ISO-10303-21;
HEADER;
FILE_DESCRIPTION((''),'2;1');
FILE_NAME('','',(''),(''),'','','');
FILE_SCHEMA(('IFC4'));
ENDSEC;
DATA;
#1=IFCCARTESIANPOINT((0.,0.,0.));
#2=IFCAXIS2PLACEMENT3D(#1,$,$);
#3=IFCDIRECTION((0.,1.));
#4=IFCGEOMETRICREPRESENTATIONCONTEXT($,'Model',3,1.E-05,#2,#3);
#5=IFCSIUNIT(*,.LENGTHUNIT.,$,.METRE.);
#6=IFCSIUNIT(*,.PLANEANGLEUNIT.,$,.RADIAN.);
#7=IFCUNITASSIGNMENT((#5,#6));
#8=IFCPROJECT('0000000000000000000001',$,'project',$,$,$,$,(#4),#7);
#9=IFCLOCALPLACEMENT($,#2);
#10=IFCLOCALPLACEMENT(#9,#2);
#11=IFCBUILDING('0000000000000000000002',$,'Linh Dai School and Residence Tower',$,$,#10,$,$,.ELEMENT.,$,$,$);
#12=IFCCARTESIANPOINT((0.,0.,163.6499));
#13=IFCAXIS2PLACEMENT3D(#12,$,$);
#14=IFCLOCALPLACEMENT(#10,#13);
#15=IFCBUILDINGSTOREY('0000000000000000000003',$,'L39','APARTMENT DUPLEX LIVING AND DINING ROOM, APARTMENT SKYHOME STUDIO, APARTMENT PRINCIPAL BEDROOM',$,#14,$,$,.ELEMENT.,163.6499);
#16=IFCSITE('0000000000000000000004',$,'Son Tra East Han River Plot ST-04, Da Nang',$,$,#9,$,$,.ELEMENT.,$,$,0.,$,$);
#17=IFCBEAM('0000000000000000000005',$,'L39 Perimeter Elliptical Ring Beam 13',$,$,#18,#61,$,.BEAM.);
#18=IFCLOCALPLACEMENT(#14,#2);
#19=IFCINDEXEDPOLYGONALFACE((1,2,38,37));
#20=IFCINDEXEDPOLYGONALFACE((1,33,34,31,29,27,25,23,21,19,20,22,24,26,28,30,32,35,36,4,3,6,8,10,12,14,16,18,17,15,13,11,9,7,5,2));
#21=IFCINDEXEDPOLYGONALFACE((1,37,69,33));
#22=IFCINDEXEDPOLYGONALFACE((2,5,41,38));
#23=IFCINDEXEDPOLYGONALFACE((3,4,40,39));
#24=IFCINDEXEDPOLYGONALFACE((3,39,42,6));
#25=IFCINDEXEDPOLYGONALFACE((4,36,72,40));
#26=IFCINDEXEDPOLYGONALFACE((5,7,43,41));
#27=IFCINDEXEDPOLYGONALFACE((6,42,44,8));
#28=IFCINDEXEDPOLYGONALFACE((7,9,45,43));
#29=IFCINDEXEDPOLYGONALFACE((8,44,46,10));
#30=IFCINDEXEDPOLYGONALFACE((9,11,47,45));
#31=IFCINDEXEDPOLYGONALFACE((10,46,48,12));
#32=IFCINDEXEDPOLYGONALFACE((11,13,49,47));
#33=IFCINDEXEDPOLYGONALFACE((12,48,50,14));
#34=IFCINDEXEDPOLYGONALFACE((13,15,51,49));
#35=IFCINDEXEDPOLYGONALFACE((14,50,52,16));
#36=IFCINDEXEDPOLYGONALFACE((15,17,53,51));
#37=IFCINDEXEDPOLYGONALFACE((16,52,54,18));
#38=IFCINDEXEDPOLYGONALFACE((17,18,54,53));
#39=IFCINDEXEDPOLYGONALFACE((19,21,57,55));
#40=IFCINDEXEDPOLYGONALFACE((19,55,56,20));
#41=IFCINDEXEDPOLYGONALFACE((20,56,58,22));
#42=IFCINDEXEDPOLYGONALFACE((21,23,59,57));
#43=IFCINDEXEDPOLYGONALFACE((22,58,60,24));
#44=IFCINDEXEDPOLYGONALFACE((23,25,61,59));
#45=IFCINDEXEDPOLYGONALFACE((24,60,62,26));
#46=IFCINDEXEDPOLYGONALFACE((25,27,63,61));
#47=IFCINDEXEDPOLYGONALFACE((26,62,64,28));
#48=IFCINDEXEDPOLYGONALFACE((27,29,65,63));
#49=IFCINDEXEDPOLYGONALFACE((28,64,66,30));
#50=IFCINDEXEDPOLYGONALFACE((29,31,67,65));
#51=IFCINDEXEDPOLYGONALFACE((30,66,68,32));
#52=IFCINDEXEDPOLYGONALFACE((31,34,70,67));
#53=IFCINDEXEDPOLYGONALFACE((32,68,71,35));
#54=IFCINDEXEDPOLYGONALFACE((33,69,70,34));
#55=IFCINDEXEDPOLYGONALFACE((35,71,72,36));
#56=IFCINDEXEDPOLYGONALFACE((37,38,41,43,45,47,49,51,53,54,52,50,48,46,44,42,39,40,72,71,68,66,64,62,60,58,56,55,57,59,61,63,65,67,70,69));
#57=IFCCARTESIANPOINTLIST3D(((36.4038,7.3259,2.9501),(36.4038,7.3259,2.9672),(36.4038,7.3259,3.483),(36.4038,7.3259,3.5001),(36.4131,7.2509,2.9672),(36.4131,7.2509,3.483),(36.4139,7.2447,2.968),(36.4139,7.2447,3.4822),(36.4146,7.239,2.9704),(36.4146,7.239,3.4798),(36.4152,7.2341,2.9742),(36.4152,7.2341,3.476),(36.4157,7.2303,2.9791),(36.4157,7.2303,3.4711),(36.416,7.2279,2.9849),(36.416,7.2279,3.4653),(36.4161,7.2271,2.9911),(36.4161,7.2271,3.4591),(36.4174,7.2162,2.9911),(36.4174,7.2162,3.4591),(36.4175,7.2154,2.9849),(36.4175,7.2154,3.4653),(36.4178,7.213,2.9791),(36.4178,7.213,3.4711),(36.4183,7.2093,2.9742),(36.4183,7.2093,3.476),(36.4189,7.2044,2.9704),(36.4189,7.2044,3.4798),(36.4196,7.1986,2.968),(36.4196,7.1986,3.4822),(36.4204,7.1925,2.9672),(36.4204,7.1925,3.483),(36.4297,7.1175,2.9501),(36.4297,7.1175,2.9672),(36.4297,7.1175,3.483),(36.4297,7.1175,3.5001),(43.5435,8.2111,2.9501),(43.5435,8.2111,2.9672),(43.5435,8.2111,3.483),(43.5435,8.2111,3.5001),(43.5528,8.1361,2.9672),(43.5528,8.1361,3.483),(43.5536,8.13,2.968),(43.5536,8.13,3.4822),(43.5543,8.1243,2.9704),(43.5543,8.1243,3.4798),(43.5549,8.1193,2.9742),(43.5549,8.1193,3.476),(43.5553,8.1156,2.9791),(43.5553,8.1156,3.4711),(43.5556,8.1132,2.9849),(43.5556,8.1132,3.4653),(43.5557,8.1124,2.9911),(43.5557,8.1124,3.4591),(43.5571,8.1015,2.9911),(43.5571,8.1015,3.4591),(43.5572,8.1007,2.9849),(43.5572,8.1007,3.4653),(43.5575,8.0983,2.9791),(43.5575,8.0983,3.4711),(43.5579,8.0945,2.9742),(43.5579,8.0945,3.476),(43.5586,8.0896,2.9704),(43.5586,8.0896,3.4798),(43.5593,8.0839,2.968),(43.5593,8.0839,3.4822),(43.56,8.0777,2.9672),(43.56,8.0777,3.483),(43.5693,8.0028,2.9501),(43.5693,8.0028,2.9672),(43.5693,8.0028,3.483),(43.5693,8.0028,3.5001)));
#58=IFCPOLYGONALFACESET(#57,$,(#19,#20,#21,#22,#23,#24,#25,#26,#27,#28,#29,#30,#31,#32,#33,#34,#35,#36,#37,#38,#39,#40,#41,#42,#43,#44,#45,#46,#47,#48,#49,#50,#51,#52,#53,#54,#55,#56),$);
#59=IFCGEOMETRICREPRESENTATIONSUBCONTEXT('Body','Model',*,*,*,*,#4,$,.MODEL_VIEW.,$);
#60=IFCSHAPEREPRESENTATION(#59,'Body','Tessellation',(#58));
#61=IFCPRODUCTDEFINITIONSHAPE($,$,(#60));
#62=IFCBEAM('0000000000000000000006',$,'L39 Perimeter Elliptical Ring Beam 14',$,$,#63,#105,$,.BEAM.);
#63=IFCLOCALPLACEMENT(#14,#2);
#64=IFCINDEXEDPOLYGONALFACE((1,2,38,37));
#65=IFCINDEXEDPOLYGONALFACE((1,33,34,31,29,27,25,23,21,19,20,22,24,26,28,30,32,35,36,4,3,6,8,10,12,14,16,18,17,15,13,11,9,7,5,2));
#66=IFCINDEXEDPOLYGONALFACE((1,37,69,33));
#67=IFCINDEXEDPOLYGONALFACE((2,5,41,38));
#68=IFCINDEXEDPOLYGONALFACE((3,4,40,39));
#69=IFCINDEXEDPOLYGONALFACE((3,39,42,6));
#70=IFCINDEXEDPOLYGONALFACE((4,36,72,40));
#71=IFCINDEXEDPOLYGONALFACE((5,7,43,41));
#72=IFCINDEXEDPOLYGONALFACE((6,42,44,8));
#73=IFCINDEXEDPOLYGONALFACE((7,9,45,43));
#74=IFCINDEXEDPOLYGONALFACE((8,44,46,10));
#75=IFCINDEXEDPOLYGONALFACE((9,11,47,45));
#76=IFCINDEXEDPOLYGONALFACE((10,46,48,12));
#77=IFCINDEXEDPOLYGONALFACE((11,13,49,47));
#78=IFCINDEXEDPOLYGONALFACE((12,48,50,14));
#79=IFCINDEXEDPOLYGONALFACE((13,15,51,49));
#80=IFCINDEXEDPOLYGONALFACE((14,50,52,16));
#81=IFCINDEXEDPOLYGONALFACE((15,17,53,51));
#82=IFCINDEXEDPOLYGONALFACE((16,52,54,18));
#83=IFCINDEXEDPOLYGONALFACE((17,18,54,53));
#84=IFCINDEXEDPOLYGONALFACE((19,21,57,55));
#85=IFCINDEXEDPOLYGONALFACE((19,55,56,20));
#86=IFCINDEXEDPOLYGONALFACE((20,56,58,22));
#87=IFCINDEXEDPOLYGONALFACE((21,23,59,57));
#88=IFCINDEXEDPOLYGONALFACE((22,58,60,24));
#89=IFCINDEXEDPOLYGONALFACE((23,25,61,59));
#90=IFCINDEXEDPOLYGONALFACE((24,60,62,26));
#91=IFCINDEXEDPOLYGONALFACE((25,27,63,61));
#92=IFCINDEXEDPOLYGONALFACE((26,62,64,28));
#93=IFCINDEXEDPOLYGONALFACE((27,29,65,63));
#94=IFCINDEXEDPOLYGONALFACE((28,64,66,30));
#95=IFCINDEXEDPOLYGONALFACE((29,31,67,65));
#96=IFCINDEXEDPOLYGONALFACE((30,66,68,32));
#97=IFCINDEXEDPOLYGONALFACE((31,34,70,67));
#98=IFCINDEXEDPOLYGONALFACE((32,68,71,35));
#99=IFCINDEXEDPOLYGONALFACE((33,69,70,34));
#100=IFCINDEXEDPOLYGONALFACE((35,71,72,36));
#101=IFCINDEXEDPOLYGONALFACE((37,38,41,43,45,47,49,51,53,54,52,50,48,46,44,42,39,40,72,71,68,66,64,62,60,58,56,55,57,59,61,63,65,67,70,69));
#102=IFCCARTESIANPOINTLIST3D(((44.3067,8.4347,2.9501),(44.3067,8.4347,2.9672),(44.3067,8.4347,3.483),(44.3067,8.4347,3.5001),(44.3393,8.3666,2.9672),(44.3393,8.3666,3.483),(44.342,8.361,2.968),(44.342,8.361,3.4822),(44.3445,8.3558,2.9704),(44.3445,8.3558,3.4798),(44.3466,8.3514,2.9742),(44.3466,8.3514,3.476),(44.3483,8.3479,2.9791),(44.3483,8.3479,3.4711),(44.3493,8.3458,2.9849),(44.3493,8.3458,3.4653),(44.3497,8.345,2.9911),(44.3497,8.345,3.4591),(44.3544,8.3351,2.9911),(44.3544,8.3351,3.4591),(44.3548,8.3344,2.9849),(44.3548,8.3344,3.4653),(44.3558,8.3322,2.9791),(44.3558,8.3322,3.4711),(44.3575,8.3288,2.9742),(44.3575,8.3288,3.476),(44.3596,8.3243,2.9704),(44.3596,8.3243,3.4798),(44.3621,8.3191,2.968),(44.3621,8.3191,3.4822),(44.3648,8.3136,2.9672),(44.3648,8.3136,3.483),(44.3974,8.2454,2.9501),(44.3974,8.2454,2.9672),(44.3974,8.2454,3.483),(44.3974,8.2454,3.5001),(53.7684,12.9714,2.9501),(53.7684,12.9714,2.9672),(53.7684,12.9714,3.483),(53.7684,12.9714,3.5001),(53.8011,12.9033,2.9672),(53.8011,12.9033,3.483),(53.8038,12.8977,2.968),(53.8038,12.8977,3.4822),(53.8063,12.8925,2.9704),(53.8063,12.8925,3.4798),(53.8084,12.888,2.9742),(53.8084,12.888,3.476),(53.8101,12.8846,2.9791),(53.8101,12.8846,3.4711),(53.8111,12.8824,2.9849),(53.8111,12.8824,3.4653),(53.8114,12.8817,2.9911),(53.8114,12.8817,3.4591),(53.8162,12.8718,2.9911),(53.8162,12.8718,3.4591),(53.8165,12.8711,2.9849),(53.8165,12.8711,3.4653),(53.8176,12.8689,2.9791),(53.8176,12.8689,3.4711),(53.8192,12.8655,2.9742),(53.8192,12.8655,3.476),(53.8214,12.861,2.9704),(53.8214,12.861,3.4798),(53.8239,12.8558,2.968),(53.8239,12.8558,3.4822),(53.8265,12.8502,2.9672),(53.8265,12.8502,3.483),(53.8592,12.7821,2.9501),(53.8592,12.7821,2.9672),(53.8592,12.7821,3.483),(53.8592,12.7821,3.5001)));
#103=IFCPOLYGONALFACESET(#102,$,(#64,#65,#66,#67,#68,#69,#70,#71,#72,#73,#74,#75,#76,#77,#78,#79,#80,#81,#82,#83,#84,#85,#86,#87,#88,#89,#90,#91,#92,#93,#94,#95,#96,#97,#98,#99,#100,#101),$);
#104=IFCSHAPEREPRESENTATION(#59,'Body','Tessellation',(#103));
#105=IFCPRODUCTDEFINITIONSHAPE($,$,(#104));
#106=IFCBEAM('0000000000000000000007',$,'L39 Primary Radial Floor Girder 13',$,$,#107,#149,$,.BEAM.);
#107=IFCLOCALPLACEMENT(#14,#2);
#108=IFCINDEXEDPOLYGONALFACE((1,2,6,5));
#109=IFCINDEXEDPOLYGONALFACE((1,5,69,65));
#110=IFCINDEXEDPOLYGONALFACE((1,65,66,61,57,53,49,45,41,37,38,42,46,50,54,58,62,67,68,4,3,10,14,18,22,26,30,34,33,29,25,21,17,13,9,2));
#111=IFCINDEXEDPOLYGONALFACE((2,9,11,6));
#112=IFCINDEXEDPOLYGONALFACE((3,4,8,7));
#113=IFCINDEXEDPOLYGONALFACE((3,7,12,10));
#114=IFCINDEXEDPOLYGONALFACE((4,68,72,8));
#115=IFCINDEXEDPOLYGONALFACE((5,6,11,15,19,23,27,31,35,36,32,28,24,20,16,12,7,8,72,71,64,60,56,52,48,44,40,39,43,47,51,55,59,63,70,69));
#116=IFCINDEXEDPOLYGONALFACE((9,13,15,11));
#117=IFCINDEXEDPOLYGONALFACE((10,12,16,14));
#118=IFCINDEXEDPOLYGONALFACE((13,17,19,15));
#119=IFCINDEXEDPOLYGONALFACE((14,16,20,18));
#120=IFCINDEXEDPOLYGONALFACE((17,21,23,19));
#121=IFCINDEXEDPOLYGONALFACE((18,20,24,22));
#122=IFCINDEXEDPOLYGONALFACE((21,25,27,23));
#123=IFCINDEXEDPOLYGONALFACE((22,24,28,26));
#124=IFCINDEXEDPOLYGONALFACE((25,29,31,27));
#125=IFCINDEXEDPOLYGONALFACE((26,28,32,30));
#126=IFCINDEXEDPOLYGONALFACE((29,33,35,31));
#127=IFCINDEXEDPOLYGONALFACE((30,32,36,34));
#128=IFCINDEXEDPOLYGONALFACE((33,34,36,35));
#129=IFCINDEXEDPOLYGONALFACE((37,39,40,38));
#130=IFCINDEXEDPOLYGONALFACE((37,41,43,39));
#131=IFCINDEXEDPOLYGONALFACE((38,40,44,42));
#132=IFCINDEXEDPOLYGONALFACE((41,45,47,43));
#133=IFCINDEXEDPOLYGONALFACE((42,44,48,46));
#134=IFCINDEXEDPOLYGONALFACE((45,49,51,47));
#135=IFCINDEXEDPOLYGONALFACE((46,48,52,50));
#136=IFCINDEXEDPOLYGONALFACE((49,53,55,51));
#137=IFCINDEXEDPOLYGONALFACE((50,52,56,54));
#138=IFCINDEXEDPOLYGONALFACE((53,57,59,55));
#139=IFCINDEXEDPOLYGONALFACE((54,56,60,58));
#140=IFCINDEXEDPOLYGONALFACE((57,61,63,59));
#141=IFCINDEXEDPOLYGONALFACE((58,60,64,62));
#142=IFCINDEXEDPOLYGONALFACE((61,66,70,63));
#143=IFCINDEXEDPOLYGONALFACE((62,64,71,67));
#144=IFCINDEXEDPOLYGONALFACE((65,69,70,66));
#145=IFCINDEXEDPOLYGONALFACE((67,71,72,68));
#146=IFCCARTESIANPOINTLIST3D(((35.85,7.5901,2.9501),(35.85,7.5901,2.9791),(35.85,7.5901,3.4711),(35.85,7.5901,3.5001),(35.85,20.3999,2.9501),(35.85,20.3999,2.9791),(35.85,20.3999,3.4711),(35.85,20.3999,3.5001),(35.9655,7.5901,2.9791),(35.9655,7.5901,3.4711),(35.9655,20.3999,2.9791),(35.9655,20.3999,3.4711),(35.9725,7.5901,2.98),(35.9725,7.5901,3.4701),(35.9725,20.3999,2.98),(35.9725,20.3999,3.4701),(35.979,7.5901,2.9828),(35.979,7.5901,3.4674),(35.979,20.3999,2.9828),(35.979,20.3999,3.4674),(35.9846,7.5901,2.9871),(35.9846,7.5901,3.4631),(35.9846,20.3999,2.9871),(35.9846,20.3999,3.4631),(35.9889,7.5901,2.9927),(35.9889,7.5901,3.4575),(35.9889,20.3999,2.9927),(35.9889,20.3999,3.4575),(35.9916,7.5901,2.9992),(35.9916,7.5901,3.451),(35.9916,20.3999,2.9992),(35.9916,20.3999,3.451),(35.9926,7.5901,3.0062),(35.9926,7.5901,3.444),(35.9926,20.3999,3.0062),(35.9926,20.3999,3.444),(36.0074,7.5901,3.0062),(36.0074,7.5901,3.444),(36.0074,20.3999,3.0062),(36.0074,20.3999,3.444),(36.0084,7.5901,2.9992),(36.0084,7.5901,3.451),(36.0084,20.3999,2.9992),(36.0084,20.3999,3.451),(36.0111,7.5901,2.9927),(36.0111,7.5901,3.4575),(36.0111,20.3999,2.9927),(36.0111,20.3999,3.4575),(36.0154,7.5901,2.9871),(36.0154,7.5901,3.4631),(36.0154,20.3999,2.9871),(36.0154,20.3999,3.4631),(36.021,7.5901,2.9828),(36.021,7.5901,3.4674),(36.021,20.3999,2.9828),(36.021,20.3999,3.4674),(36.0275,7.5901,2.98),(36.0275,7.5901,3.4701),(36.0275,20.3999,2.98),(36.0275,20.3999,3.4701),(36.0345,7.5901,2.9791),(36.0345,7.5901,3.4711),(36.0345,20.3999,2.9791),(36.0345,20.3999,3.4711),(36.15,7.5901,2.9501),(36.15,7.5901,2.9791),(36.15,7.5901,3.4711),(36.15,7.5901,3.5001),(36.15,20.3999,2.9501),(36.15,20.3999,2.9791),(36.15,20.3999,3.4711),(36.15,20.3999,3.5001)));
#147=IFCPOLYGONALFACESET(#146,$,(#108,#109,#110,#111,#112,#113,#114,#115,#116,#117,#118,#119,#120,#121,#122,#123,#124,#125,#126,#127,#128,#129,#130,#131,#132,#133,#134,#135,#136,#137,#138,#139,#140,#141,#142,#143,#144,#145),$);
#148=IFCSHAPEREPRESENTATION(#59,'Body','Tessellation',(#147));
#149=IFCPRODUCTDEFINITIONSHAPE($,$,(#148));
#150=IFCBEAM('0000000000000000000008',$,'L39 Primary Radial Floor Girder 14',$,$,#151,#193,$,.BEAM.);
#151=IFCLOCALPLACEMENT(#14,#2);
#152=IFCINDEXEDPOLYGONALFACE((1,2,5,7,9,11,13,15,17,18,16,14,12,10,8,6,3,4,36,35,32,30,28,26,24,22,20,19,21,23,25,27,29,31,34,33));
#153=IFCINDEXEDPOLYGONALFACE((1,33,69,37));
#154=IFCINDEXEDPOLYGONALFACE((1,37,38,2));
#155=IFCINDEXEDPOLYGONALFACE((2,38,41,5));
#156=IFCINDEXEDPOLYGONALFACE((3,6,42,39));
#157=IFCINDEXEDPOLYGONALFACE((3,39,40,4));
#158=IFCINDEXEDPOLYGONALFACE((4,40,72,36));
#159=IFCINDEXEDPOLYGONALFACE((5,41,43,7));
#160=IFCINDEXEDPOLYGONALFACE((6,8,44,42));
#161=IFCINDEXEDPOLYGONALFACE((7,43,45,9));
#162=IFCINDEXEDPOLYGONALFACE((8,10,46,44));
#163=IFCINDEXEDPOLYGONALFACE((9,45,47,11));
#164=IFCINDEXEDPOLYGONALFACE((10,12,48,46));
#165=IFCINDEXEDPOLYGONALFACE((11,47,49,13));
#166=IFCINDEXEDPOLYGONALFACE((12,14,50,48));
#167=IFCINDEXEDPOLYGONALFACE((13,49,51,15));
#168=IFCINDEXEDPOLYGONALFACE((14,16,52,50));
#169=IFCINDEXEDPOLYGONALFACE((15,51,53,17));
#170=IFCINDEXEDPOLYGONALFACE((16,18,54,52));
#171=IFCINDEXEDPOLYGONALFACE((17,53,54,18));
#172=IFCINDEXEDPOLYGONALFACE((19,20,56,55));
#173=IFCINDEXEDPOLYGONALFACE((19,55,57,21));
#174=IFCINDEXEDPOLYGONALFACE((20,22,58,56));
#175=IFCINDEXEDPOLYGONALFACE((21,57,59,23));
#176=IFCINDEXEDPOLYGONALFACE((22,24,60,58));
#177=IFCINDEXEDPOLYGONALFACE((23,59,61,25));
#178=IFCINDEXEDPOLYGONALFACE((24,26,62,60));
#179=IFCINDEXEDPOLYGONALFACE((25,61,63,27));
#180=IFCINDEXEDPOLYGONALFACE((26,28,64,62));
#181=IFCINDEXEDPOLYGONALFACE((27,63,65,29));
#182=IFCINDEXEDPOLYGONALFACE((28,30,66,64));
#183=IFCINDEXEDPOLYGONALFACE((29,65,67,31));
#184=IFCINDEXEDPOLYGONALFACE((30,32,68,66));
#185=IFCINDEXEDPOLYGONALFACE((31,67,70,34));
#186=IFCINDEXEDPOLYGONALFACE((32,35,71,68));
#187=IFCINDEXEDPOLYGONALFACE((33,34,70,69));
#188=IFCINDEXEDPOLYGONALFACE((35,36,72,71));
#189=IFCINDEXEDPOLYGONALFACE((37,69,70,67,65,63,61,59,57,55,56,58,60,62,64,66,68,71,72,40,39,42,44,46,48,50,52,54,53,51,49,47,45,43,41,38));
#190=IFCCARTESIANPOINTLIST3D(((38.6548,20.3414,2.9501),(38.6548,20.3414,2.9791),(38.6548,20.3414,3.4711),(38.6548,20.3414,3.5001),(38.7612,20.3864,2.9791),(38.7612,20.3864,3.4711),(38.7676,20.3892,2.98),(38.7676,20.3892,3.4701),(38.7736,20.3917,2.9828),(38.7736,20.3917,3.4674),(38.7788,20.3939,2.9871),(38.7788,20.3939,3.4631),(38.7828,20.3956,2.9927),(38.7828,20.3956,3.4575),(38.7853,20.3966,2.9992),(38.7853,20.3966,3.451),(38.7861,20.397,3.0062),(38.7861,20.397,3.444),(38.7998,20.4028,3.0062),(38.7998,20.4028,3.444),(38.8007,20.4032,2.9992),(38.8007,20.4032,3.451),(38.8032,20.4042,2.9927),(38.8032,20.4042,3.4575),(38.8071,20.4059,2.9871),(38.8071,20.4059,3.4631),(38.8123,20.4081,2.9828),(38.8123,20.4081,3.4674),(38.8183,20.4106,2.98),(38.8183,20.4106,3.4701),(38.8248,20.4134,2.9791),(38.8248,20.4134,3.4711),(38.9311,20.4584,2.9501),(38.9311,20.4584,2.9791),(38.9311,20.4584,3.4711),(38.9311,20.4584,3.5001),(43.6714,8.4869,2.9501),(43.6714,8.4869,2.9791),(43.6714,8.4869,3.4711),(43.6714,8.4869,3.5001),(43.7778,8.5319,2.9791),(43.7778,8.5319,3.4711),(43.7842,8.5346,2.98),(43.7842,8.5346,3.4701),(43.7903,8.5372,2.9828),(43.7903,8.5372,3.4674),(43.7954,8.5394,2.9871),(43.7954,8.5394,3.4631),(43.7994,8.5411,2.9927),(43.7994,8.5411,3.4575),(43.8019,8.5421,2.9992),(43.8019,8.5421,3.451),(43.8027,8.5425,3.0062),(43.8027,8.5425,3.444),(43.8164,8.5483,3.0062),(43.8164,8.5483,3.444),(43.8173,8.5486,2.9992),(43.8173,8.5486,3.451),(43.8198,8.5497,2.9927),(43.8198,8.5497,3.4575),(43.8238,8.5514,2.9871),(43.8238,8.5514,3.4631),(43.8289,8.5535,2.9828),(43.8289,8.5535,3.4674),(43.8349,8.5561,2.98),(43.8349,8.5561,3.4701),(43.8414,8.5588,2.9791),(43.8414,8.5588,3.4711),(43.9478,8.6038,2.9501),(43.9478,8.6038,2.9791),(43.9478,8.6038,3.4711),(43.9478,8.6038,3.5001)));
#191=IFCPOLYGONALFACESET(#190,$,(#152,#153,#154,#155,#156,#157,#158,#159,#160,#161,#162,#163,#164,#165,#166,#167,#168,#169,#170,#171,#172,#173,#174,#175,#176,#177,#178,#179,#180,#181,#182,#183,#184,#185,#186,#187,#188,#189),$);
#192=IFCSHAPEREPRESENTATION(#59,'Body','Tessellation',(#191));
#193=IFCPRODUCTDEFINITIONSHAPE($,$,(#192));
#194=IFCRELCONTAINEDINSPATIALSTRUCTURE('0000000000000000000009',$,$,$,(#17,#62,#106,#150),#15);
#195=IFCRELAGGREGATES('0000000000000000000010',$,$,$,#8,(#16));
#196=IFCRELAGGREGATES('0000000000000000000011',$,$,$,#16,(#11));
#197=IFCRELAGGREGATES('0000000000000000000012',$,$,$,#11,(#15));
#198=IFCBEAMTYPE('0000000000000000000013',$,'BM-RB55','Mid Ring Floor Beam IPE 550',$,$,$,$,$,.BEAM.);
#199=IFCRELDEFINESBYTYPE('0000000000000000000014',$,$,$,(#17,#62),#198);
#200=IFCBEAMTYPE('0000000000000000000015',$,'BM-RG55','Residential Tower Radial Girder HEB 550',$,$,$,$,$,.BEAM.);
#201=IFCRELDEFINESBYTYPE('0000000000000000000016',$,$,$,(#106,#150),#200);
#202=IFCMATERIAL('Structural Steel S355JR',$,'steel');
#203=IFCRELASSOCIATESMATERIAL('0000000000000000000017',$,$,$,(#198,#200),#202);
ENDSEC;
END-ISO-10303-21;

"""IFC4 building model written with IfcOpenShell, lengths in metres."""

from ifc_helpers import new_model, si_unit, direction, frame, origin, origin_2d, place, context, subcontext, project, spatial, i_section, extrude, material, material_profile, profile_set, type_object, element, save


model = new_model("IFC4")

# Units and contexts
model_context = context("Model", 3, precision=1e-05, world=origin(), true_north=direction((0.0, 1.0)))
body_context = subcontext(model_context, "Body", "Model", "MODEL_VIEW")
ifc_project = project(units=[si_unit("LENGTHUNIT", "METRE"), si_unit("PLANEANGLEUNIT", "RADIAN")], contexts=[model_context])

# Site, building, storey
site_placement = place(None, origin())
site = spatial("IfcSite", under=ifc_project, at=site_placement, Name="Son Tra East Han River Plot ST-04, Da Nang", CompositionType="ELEMENT", RefElevation=0.0)
building_placement = place(site_placement, origin())
building = spatial("IfcBuilding", under=site, at=building_placement, Name="Linh Dai School and Residence Tower", CompositionType="ELEMENT")
storey_placement = place(building_placement, frame((0.0, 0.0, 163.6499)))
storey = spatial("IfcBuildingStorey", under=building, at=storey_placement, Name="L39", Description="APARTMENT DUPLEX LIVING AND DINING ROOM, APARTMENT SKYHOME STUDIO, APARTMENT PRINCIPAL BEDROOM", CompositionType="ELEMENT", Elevation=163.6499)

# Shared definitions
ifc_material_1 = material(Name="Structural Steel S355JR", Category="steel")

# Beams
ifc_material_profile_1 = material_profile(ifc_material_1, i_section(OverallWidth=0.21, OverallDepth=0.55, WebThickness=0.011, FlangeThickness=0.0171, FilletRadius=0.0239, at=origin_2d()), Name="IPE 550")
ifc_profile_set_1 = profile_set([ifc_material_profile_1], Name="Structural Steel S355JR")
beam_type_1 = type_object("IfcBeamType", Name="BM-RB55", Description="Mid Ring Floor Beam IPE 550", PredefinedType="BEAM", material=ifc_profile_set_1)
beam_1_placement = place(storey_placement, frame((36.4167, 7.2217, 3.2251), z_axis=(0.992401, 0.123049, 0.0), x_axis=(-0.123049, 0.992401, 0.0)))
element("IfcBeam", 1, at=beam_1_placement, inside=storey, type_object=beam_type_1, Name="L39 Perimeter Elliptical Ring Beam 13", PredefinedType="BEAM", context=body_context, shape_type="SweptSolid", body=[
    extrude(i_section(OverallWidth=0.21, OverallDepth=0.55, WebThickness=0.011, FlangeThickness=0.0171, FilletRadius=0.0239, at=origin_2d()), origin(), (0.0, 0.0, 1.0), 7.1943),
])
beam_2_placement = place(storey_placement, frame((44.3521, 8.3401, 3.2251), z_axis=(0.901708, 0.432345, 0.0), x_axis=(-0.432345, 0.901708, 0.0)))
element("IfcBeam", 2, at=beam_2_placement, inside=storey, type_object=beam_type_1, Name="L39 Perimeter Elliptical Ring Beam 14", PredefinedType="BEAM", context=body_context, shape_type="SweptSolid", body=[
    extrude(i_section(OverallWidth=0.21, OverallDepth=0.55, WebThickness=0.011, FlangeThickness=0.0171, FilletRadius=0.0239, at=origin_2d()), origin(), (0.0, 0.0, 1.0), 10.4932),
])
ifc_material_profile_2 = material_profile(ifc_material_1, i_section(OverallWidth=0.3, OverallDepth=0.55, WebThickness=0.0149, FlangeThickness=0.0291, FilletRadius=0.0271, at=origin_2d()), Name="HEB 550")
ifc_profile_set_2 = profile_set([ifc_material_profile_2], Name="Structural Steel S355JR")
beam_type_2 = type_object("IfcBeamType", Name="BM-RG55", Description="Residential Tower Radial Girder HEB 550", PredefinedType="BEAM", material=ifc_profile_set_2)
beam_3_placement = place(storey_placement, frame((36.0, 20.3999, 3.2251), z_axis=(0.0, -1.0, 0.0), x_axis=(1.0, 0.0, 0.0)))
element("IfcBeam", 3, at=beam_3_placement, inside=storey, type_object=beam_type_2, Name="L39 Primary Radial Floor Girder 13", PredefinedType="BEAM", context=body_context, shape_type="SweptSolid", body=[
    extrude(i_section(OverallWidth=0.3, OverallDepth=0.55, WebThickness=0.0149, FlangeThickness=0.0291, FilletRadius=0.0271, at=origin_2d()), origin(), (0.0, 0.0, 1.0), 12.8098),
])
beam_4_placement = place(storey_placement, frame((38.793, 20.3999, 3.2251), z_axis=(0.389722, -0.920933, 0.0), x_axis=(0.920933, 0.389722, 0.0)))
element("IfcBeam", 4, at=beam_4_placement, inside=storey, type_object=beam_type_2, Name="L39 Primary Radial Floor Girder 14", PredefinedType="BEAM", context=body_context, shape_type="SweptSolid", body=[
    extrude(i_section(OverallWidth=0.3, OverallDepth=0.55, WebThickness=0.0149, FlangeThickness=0.0291, FilletRadius=0.0271, at=origin_2d()), origin(), (0.0, 0.0, 1.0), 12.8723),
])

save(model, "model.ifc")
